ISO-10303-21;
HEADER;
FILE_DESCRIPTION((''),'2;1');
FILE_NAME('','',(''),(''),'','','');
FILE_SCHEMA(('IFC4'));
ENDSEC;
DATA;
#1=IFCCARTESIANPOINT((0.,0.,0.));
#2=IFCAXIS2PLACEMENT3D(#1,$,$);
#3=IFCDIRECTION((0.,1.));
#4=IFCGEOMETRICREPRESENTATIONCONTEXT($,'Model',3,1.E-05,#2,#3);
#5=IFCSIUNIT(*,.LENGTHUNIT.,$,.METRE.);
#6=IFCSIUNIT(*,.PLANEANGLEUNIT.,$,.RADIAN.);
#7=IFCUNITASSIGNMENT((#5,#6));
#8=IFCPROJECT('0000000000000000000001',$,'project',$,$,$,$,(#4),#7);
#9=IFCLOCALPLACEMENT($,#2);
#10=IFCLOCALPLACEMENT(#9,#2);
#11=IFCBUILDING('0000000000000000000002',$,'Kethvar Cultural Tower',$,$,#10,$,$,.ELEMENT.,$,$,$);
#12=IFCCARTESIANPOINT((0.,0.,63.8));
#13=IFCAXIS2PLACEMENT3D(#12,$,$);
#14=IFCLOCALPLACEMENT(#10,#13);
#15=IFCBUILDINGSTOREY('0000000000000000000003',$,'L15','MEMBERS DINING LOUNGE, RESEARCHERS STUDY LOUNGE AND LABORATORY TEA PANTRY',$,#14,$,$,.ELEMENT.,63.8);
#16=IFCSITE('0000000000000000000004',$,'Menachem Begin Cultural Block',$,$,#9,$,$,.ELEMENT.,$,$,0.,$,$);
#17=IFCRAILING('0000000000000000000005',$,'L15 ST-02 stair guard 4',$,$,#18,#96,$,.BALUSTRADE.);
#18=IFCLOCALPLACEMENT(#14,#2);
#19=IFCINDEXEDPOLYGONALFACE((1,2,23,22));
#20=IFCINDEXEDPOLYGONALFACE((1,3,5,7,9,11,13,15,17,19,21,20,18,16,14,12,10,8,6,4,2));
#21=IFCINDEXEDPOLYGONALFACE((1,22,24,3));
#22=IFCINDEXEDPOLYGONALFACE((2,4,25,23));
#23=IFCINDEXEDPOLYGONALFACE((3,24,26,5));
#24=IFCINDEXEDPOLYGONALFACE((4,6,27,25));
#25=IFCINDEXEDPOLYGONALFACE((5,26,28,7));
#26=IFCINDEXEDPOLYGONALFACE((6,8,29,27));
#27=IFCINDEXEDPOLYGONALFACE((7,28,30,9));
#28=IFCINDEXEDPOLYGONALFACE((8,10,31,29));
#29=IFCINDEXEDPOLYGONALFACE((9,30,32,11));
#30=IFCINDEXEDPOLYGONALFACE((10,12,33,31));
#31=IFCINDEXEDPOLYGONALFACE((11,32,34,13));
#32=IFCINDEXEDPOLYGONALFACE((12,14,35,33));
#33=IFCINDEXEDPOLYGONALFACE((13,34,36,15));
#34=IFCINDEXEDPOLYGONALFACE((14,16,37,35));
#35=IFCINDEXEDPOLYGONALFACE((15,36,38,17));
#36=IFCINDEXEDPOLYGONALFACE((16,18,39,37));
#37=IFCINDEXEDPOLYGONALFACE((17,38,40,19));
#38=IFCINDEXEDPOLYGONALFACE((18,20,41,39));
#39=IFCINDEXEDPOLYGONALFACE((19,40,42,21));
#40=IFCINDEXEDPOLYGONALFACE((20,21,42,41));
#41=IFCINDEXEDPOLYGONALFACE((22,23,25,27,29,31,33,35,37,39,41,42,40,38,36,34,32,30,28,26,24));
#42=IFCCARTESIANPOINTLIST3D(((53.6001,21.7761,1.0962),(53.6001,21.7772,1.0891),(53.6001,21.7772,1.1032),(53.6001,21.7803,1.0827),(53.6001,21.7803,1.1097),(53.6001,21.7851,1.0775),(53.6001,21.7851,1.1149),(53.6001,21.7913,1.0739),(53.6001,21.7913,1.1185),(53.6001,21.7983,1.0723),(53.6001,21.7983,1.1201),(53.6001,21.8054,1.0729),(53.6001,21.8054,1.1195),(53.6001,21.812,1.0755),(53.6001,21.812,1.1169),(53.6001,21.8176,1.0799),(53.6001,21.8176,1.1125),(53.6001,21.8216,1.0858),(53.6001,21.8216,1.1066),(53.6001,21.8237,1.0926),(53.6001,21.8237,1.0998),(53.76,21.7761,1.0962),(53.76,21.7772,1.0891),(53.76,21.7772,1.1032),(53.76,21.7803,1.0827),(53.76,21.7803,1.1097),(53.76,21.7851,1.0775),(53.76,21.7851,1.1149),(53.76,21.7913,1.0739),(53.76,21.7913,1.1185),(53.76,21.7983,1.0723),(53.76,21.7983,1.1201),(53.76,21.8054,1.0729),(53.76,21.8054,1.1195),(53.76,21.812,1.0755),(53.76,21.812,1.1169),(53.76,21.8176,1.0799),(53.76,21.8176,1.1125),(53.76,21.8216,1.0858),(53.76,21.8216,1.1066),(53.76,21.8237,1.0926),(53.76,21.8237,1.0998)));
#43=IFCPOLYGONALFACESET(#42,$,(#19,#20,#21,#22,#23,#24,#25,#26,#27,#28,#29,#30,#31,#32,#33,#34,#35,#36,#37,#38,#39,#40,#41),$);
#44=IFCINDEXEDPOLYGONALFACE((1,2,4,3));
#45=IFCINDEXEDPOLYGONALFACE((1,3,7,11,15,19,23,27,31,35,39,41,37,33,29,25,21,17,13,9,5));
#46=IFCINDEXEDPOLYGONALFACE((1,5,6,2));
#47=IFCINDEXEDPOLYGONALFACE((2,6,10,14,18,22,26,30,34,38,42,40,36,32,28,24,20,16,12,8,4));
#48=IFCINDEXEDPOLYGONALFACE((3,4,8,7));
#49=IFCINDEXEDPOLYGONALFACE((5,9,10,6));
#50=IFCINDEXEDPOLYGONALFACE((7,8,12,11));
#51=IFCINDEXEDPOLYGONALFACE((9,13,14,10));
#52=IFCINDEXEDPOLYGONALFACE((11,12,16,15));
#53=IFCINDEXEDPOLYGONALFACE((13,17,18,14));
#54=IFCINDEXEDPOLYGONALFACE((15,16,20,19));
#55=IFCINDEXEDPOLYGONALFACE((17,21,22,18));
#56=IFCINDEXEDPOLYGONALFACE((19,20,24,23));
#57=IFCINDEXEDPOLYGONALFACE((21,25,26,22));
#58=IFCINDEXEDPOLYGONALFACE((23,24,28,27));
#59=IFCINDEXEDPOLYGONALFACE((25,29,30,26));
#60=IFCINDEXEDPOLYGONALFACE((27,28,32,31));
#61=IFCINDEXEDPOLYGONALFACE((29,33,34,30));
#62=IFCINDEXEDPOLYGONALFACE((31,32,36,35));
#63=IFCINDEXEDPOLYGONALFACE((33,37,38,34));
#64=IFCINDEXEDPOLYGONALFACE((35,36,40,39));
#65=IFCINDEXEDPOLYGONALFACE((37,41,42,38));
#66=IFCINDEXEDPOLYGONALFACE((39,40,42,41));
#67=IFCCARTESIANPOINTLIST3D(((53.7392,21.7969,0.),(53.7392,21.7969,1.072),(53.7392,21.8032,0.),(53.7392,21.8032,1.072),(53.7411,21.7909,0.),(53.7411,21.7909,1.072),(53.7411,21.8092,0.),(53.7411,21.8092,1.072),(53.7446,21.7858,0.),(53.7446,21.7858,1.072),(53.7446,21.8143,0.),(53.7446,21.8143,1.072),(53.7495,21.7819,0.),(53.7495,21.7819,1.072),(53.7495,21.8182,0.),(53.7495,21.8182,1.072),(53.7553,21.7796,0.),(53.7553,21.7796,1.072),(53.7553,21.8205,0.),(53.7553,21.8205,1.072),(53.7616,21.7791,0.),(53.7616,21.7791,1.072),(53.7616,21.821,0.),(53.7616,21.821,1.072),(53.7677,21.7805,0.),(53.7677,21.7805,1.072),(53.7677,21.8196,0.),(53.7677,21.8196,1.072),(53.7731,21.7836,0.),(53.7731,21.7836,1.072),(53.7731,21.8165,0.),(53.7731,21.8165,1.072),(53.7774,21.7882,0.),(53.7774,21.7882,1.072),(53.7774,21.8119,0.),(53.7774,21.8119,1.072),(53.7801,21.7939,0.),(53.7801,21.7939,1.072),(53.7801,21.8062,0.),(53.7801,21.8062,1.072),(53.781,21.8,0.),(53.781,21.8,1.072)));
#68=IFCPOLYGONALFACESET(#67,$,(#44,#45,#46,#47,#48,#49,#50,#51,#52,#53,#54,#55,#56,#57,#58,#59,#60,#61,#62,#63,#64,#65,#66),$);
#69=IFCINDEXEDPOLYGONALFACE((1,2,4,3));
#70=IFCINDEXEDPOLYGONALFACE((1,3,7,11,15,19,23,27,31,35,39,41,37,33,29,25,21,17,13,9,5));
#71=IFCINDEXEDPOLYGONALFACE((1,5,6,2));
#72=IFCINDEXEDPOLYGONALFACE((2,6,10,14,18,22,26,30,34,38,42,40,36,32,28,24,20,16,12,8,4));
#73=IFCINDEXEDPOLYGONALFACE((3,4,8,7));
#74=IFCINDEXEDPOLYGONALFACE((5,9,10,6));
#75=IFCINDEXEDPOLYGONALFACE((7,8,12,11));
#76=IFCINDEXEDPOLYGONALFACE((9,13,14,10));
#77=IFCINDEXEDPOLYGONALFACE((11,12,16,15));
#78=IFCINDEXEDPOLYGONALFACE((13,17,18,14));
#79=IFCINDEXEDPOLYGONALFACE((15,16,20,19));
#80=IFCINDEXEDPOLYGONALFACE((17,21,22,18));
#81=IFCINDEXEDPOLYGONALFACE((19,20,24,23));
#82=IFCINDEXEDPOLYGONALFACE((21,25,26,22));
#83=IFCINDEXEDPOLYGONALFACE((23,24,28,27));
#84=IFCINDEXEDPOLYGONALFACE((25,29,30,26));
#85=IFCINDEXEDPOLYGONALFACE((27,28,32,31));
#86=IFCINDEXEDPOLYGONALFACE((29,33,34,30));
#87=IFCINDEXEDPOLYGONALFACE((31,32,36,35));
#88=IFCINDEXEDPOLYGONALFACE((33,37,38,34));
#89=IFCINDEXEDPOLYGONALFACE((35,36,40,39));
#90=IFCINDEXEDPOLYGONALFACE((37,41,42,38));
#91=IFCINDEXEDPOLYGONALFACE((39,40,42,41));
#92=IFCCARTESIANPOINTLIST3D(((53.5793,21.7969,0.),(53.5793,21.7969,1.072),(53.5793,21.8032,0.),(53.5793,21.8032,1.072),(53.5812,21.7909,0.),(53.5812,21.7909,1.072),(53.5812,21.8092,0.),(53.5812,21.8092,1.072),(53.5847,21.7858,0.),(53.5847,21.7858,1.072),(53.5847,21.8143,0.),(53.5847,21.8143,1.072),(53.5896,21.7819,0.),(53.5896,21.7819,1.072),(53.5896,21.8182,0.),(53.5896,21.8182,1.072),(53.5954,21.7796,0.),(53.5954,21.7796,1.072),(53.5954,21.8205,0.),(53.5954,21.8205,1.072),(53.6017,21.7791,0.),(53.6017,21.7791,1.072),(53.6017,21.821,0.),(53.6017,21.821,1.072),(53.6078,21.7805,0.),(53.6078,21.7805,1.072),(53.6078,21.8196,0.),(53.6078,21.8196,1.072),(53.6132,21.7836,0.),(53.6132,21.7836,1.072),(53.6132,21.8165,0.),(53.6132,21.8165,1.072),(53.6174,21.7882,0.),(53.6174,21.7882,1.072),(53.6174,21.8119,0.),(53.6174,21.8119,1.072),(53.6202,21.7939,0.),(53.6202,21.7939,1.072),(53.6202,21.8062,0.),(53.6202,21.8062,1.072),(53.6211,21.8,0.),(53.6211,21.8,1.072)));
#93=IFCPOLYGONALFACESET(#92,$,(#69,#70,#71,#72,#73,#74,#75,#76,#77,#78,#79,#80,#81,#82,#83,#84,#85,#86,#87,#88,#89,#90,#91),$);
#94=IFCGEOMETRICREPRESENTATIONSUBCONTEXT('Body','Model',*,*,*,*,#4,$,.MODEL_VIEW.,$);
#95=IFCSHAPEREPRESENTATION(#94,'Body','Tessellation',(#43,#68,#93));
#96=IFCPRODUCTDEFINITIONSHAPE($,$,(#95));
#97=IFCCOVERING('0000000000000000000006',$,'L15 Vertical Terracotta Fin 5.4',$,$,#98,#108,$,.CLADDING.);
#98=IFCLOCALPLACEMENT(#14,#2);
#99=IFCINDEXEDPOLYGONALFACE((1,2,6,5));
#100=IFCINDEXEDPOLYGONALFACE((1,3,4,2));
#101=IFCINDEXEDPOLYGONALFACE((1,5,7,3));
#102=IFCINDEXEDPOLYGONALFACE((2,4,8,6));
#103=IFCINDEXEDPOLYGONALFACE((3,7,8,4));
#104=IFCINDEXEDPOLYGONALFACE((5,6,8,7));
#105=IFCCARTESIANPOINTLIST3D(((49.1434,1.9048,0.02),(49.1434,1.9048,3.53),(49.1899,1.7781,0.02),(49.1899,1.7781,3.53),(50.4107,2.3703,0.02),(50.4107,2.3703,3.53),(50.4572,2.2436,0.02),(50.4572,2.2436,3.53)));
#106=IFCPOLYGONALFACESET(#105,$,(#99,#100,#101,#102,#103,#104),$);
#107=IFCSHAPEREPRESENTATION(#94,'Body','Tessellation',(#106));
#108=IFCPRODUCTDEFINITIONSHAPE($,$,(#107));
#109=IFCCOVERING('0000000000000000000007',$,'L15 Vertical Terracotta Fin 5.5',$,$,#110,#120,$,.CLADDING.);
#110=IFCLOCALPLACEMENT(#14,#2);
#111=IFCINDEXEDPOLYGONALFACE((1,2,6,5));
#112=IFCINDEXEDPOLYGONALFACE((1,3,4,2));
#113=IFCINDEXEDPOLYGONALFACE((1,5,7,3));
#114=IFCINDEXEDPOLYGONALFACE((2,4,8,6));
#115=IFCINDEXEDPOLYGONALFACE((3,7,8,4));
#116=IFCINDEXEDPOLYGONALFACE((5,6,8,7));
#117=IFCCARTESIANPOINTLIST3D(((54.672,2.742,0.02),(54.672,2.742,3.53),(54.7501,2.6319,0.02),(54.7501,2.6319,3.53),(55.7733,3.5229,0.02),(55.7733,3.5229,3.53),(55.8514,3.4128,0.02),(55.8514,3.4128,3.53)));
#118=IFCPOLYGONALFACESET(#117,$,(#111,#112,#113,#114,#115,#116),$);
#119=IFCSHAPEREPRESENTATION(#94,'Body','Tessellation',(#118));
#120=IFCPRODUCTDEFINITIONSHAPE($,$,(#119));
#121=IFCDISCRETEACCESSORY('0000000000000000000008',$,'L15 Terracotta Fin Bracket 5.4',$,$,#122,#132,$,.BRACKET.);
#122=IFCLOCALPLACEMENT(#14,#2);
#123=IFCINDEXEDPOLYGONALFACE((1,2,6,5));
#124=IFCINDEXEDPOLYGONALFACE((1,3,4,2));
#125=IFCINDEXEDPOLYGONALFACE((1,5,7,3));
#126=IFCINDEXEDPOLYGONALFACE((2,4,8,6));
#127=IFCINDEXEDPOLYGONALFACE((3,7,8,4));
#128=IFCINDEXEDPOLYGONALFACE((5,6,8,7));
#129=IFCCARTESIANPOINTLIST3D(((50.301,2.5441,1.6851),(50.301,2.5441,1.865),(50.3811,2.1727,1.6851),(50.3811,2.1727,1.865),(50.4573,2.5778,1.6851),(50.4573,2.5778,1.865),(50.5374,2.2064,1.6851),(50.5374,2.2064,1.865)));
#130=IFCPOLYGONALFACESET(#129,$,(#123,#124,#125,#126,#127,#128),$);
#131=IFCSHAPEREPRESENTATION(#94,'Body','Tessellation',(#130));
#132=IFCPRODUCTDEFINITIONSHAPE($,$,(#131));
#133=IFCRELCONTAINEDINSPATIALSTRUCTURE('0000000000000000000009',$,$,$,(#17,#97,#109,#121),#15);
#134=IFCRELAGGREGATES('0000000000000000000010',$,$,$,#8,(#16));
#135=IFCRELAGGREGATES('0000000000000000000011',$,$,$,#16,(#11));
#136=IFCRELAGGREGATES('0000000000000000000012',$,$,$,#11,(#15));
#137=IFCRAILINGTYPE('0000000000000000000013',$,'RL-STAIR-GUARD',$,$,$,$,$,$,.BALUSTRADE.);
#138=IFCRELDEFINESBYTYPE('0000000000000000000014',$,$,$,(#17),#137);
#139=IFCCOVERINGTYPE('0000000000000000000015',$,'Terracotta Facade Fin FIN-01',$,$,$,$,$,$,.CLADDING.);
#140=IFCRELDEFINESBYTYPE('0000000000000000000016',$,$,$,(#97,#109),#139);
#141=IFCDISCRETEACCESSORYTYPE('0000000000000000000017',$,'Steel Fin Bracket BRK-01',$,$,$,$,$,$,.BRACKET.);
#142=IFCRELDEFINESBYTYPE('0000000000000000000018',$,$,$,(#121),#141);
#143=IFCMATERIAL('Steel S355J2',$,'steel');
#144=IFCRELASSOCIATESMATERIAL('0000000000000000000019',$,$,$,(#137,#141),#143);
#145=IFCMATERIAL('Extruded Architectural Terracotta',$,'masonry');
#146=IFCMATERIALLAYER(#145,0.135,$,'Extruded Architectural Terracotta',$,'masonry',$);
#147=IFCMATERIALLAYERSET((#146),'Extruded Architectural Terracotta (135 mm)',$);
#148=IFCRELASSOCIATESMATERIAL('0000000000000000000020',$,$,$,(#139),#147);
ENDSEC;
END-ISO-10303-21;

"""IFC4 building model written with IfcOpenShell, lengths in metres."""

from ifc_helpers import new_model, si_unit, direction, frame, origin, origin_2d, place, context, subcontext, project, spatial, rectangle, circle, extrude, source, transform, mapped, material, layer, layer_set, type_object, element, save


model = new_model("IFC4")

# Units and contexts
model_context = context("Model", 3, precision=1e-05, world=origin(), true_north=direction((0.0, 1.0)))
body_context = subcontext(model_context, "Body", "Model", "MODEL_VIEW")
ifc_project = project(units=[si_unit("LENGTHUNIT", "METRE"), si_unit("PLANEANGLEUNIT", "RADIAN")], contexts=[model_context])

# Site, building, storey
site_placement = place(None, origin())
site = spatial("IfcSite", under=ifc_project, at=site_placement, Name="Menachem Begin Cultural Block", CompositionType="ELEMENT", RefElevation=0.0)
building_placement = place(site_placement, origin())
building = spatial("IfcBuilding", under=site, at=building_placement, Name="Kethvar Cultural Tower", CompositionType="ELEMENT")
storey_placement = place(building_placement, frame((0.0, 0.0, 63.8)))
storey = spatial("IfcBuildingStorey", under=building, at=storey_placement, Name="L15", Description="MEMBERS DINING LOUNGE, RESEARCHERS STUDY LOUNGE AND LABORATORY TEA PANTRY", CompositionType="ELEMENT", Elevation=63.8)

# Shared definitions
ifc_material_1 = material(Name="Steel S355J2", Category="steel")

# Railing
railing_type = type_object("IfcRailingType", Name="RL-STAIR-GUARD", PredefinedType="BALUSTRADE", material=ifc_material_1)
railing_placement = place(storey_placement, frame((53.76, 21.8, 0.0)))
element("IfcRailing", 1, at=railing_placement, inside=storey, type_object=railing_type, Name="L15 ST-02 stair guard 4", PredefinedType="BALUSTRADE", context=body_context, shape_type="SweptSolid", body=[
    extrude(circle(Radius=0.0239, at=origin_2d()), frame((0.0, 0.0, 1.0962), z_axis=(-1.0, 0.0, 0.0), x_axis=(0.0, -1.0, 0.0)), (0.0, 0.0, 1.0), 0.1599),
    extrude(circle(Radius=0.021, at=origin_2d()), origin(), (0.0, 0.0, 1.0), 1.072),
    extrude(circle(Radius=0.021, at=origin_2d()), frame((-0.1599, 0.0, 0.0)), (0.0, 0.0, 1.0), 1.072),
])

# Coverings
ifc_material_2 = material(Name="Extruded Architectural Terracotta", Category="masonry")
ifc_layer_1 = layer(ifc_material_2, 0.135, Name="Extruded Architectural Terracotta", Category="masonry")
ifc_layer_set_1 = layer_set([ifc_layer_1], Name="Extruded Architectural Terracotta (135 mm)")
covering_type = type_object("IfcCoveringType", Name="Terracotta Facade Fin FIN-01", PredefinedType="CLADDING", material=ifc_layer_set_1)
shared_shape_1 = source(origin(), body_context, "Body", "SweptSolid", [
    extrude(rectangle(XDim=1.3501, YDim=0.135, at=origin_2d()), origin(), (0.0, 0.0, 1.0), 3.51),
])
for number, where, z_axis, x_axis, name in (
    (2, (49.8003, 2.0742, 0.02), (0.0, 0.0, 1.0), (-0.938674, -0.344807, 0.0), "L15 Vertical Terracotta Fin 5.4"),
    (3, (55.2617, 3.0774, 0.02), (0.0, 0.0, 1.0), (-0.815734, -0.578427, 0.0), "L15 Vertical Terracotta Fin 5.5"),
):
    element("IfcCovering", number, at=place(storey_placement, frame(where, z_axis=z_axis, x_axis=x_axis)), inside=storey, type_object=covering_type, Name=name, PredefinedType="CLADDING", context=body_context, shape_type="MappedRepresentation", body=[
        mapped(shared_shape_1, transform((0.0, 0.0, 0.0), scale=1.0)),
    ])

# Discrete accessory
discrete_accessory_type = type_object("IfcDiscreteAccessoryType", Name="Steel Fin Bracket BRK-01", PredefinedType="BRACKET", material=ifc_material_1)
shared_shape_2 = source(origin(), body_context, "Body", "SweptSolid", [
    extrude(rectangle(XDim=0.3799, YDim=0.1599, at=origin_2d()), origin(), (0.0, 0.0, 1.0), 0.1799),
])
discrete_accessory_placement = place(storey_placement, frame((50.4192, 2.3752, 1.6851), z_axis=(0.0, 0.0, 1.0), x_axis=(0.210813, -0.977526, 0.0)))
element("IfcDiscreteAccessory", 4, at=discrete_accessory_placement, inside=storey, type_object=discrete_accessory_type, Name="L15 Terracotta Fin Bracket 5.4", PredefinedType="BRACKET", context=body_context, shape_type="MappedRepresentation", body=[
    mapped(shared_shape_2, transform((0.0, 0.0, 0.0), scale=1.0)),
])

save(model, "model.ifc")
